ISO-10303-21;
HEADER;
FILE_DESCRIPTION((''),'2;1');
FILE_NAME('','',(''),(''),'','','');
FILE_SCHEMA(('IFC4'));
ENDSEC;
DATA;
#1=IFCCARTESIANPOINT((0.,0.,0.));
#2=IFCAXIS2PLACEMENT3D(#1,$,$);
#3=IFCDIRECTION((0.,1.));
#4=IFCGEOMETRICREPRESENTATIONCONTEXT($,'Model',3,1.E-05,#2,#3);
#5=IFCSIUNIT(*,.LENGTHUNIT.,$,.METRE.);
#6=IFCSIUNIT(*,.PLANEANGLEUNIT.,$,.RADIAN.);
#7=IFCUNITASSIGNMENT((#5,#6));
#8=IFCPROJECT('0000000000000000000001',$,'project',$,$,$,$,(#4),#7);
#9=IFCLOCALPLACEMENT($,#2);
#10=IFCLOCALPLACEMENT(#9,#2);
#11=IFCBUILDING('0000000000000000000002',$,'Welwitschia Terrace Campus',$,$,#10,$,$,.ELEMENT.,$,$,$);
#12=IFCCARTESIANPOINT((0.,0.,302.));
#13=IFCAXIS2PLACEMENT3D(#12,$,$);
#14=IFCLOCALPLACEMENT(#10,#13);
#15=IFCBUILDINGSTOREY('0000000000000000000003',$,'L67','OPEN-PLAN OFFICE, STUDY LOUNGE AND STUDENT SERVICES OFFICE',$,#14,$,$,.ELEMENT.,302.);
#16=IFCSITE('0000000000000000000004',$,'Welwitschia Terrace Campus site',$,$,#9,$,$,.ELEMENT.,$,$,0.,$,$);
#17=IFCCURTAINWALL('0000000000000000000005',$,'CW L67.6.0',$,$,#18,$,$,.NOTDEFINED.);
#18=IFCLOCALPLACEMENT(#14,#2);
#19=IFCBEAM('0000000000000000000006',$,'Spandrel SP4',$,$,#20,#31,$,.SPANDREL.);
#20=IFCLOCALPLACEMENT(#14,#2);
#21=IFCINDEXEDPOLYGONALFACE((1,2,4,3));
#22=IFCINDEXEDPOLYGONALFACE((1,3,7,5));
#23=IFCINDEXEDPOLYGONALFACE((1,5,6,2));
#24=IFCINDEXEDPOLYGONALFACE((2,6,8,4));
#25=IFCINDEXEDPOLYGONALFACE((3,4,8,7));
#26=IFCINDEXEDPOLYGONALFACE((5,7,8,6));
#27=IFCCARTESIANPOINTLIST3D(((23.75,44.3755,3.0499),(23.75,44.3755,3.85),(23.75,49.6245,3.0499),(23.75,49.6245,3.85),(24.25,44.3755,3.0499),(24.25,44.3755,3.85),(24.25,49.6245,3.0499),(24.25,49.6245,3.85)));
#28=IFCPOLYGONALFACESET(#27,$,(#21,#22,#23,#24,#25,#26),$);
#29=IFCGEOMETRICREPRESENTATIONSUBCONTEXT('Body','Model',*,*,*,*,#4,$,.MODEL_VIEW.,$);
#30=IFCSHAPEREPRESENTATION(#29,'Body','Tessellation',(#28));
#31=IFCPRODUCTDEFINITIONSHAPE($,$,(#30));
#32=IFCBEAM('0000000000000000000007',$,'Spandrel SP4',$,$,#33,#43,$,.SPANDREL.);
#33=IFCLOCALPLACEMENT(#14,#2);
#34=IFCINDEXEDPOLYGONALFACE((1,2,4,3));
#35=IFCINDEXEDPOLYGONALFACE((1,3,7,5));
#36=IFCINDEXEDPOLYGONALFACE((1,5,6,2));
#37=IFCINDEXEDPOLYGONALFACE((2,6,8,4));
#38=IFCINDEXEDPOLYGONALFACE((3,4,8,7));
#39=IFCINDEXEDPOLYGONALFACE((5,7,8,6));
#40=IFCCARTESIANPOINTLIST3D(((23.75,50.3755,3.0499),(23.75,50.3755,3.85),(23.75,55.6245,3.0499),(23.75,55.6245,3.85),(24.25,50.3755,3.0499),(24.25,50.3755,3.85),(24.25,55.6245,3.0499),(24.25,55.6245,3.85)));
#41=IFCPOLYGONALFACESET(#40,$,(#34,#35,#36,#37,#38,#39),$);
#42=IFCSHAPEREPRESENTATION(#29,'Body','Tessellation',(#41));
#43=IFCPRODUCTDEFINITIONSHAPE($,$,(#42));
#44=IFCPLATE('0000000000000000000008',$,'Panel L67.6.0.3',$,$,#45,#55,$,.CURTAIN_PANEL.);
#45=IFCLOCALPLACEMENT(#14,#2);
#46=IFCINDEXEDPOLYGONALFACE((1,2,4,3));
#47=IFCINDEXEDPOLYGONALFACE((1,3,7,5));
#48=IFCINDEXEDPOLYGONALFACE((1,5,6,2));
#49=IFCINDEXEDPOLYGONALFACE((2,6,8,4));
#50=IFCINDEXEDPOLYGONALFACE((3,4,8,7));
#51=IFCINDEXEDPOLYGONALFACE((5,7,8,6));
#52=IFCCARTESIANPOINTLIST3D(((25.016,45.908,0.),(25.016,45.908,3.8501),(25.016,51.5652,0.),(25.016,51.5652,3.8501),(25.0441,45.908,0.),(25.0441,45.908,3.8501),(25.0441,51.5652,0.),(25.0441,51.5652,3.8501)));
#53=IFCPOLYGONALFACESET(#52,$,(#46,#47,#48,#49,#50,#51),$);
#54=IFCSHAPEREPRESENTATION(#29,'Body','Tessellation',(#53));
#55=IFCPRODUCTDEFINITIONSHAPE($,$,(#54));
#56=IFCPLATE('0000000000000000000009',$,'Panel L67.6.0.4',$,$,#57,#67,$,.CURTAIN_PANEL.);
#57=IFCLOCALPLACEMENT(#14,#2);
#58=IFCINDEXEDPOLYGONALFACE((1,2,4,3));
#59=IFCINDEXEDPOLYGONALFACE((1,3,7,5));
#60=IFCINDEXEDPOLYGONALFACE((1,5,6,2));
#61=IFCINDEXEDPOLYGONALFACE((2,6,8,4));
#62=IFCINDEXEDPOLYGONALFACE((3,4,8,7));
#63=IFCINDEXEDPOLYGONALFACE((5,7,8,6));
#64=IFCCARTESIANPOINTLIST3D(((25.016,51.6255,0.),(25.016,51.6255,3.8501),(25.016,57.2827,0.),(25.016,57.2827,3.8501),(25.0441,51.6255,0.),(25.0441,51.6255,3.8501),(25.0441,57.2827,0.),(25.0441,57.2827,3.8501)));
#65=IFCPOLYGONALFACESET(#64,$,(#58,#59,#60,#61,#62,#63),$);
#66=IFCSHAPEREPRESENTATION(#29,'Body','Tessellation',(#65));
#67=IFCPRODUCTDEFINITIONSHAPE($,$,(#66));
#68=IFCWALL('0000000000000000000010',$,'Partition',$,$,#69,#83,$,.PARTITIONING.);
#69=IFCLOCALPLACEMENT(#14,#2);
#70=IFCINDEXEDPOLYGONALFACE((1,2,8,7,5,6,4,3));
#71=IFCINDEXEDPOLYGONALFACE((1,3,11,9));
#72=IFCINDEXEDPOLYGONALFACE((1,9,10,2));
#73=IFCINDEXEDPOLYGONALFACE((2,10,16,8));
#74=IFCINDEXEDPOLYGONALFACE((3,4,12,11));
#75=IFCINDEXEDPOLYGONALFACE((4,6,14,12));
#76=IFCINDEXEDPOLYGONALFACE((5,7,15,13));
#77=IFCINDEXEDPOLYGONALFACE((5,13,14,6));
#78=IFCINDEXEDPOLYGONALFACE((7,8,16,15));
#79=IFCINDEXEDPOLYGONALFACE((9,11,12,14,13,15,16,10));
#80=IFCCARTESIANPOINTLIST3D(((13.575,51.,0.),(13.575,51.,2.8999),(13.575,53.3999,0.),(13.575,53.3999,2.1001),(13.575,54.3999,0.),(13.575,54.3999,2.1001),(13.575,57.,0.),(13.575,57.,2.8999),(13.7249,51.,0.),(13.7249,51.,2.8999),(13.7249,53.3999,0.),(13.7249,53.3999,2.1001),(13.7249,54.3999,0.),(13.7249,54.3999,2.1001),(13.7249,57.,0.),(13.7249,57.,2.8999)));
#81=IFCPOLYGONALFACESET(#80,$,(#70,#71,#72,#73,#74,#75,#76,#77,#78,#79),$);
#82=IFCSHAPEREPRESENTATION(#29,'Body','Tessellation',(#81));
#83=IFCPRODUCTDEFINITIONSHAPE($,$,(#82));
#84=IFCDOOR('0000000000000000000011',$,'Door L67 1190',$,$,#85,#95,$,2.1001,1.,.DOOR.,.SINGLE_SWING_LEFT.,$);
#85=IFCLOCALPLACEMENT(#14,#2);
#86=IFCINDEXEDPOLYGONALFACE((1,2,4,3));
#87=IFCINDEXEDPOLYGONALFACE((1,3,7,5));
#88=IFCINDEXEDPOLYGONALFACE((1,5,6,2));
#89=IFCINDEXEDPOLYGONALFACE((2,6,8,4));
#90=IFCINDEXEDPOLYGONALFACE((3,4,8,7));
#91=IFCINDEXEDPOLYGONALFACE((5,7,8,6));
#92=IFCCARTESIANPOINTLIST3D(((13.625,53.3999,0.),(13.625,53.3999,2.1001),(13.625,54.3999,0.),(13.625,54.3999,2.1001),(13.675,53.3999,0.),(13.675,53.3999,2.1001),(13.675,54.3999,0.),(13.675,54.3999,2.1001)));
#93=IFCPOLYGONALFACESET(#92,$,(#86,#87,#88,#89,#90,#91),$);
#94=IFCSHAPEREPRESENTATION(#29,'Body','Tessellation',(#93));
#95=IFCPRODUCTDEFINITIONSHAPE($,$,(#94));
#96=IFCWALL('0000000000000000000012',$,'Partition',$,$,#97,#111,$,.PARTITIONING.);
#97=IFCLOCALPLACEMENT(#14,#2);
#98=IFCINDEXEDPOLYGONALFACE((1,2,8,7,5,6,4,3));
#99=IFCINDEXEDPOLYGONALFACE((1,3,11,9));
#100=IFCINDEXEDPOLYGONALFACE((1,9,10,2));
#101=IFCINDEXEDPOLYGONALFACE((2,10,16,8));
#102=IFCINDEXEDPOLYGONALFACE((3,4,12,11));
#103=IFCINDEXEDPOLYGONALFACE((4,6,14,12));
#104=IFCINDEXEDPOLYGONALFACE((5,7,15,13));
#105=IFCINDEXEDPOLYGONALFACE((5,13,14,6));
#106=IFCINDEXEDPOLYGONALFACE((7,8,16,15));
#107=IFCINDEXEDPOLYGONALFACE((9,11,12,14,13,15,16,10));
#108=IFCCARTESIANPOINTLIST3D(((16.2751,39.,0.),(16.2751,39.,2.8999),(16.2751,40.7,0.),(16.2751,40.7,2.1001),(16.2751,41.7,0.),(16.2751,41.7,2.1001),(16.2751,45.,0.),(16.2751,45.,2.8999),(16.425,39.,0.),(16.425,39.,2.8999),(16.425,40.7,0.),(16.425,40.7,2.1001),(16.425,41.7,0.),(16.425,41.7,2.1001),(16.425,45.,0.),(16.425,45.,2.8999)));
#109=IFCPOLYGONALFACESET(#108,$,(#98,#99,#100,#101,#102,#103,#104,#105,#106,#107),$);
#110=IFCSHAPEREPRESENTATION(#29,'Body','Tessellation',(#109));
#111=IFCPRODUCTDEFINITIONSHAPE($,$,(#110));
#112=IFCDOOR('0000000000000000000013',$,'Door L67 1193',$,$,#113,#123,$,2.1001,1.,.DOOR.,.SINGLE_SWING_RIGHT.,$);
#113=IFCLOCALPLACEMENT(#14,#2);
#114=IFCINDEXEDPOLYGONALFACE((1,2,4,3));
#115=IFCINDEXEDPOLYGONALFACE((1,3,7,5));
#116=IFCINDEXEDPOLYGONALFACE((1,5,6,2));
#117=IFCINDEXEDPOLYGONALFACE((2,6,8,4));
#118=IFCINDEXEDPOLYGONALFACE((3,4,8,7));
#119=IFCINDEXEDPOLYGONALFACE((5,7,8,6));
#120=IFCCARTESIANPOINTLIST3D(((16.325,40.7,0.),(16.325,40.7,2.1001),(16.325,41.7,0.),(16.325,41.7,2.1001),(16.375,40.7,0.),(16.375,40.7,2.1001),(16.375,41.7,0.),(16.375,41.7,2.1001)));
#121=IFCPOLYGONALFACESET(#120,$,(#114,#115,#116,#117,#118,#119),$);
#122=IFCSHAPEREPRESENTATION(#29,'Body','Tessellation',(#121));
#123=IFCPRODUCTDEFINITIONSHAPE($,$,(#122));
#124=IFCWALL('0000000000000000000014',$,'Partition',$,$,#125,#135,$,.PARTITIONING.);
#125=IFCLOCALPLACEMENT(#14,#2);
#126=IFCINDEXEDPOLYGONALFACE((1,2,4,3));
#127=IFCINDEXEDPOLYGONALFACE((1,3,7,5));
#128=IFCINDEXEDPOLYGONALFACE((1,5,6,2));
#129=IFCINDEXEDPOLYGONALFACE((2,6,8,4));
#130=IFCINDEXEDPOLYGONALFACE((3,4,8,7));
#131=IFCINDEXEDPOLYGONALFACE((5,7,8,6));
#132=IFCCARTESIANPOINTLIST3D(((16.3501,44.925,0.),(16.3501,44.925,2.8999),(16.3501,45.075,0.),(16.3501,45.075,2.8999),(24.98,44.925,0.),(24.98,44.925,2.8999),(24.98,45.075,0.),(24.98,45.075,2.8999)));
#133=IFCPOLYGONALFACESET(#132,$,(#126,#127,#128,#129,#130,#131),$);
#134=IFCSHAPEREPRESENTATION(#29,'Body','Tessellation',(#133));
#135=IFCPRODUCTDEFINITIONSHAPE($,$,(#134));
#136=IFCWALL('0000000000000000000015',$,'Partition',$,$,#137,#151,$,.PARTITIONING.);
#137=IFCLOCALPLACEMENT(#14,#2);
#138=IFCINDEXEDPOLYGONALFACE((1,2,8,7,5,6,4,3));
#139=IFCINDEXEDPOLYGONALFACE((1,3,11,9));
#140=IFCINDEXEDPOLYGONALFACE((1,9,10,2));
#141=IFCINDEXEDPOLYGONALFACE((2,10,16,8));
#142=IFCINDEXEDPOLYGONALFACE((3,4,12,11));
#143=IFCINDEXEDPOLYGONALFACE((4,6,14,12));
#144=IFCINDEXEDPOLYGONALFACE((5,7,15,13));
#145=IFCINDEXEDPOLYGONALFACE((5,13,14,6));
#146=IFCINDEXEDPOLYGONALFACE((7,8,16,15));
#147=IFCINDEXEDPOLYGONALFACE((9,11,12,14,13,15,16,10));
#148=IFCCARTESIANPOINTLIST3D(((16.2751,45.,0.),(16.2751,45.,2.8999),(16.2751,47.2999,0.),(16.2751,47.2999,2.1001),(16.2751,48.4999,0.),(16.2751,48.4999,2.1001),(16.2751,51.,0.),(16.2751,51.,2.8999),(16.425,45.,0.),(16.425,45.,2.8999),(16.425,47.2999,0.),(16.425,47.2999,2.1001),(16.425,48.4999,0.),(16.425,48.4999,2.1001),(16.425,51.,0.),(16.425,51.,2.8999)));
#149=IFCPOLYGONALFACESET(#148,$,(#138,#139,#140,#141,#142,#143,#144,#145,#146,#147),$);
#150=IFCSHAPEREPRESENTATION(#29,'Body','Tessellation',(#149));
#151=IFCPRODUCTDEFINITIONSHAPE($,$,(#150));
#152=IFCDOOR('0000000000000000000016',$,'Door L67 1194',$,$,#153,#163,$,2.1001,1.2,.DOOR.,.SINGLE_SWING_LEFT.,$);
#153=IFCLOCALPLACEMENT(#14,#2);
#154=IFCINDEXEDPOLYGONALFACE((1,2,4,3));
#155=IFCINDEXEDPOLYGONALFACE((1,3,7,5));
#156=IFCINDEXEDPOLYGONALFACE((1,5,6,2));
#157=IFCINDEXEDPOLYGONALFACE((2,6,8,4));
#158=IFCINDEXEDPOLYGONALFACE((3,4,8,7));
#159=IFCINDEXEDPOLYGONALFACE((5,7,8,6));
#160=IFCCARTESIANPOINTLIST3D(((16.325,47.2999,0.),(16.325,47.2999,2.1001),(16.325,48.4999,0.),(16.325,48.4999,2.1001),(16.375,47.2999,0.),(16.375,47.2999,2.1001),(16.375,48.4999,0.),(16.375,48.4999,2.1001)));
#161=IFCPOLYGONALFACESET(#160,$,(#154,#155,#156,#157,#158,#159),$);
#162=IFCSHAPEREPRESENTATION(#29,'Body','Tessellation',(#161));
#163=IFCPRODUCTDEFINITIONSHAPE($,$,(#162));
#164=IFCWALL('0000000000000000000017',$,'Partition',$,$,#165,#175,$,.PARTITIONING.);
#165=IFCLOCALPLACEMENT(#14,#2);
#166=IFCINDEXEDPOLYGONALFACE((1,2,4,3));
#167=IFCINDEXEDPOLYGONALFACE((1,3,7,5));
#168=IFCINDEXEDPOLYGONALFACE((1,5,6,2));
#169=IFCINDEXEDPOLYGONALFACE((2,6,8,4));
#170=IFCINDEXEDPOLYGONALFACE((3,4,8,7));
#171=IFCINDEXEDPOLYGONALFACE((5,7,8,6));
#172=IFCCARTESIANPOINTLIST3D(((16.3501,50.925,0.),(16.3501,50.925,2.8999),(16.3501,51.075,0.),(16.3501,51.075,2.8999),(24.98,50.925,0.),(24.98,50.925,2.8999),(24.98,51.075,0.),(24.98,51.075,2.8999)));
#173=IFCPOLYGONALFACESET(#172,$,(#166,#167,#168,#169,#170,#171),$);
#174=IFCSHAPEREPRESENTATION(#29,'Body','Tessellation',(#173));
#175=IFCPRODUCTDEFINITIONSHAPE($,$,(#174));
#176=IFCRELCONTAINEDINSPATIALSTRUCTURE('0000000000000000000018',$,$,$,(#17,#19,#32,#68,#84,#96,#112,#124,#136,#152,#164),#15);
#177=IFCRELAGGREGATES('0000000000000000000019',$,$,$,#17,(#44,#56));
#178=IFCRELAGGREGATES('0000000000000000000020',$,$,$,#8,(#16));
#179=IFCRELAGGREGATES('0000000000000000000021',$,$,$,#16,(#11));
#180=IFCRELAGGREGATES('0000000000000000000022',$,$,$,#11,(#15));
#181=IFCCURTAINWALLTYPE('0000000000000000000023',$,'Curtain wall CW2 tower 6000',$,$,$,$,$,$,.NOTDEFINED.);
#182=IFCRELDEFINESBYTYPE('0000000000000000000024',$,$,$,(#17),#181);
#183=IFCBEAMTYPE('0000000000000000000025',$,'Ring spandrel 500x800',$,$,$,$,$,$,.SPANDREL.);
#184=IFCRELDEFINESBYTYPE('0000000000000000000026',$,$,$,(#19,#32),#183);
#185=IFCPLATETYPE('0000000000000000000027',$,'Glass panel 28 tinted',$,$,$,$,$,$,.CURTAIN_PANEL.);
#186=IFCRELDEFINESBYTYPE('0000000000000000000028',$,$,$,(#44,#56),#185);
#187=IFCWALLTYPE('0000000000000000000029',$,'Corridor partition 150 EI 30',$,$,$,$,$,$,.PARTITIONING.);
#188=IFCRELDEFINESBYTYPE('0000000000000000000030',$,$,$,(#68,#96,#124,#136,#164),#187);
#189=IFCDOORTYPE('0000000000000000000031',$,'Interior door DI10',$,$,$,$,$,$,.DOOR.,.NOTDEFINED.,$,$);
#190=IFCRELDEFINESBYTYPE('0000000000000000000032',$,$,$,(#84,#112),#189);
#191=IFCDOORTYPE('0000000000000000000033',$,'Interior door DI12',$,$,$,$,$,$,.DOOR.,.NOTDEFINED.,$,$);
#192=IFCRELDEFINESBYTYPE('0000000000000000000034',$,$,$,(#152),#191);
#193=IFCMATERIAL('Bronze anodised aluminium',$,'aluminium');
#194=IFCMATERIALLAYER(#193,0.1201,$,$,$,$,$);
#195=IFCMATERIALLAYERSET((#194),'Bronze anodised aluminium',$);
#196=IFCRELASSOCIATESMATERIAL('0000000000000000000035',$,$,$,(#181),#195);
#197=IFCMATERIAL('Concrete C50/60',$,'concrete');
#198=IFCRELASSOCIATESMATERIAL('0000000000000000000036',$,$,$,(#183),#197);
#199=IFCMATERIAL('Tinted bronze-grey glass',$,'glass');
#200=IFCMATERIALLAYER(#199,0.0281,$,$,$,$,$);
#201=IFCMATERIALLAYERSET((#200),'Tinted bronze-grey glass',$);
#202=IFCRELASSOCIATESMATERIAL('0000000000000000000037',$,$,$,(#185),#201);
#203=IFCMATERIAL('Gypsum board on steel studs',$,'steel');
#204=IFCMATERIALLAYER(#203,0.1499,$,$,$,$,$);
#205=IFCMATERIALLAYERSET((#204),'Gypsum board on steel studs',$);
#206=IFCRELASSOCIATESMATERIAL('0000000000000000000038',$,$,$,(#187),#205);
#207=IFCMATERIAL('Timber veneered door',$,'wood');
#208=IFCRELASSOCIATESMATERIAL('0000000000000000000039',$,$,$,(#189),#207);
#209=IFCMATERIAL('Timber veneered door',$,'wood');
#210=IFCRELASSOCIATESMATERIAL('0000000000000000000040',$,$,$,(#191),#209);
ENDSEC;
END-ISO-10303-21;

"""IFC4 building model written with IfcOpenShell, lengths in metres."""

from ifc_helpers import new_model, si_unit, direction, frame, frame_2d, origin, origin_2d, place, context, subcontext, project, spatial, rectangle, extrude, material, layer, layer_set, material_profile, profile_set, type_object, element, fill, aggregate, save


model = new_model("IFC4")

# Units and contexts
model_context = context("Model", 3, precision=1e-05, world=origin(), true_north=direction((0.0, 1.0)))
body_context = subcontext(model_context, "Body", "Model", "MODEL_VIEW")
ifc_project = project(units=[si_unit("LENGTHUNIT", "METRE"), si_unit("PLANEANGLEUNIT", "RADIAN")], contexts=[model_context])

# Site, building, storey
site_placement = place(None, origin())
site = spatial("IfcSite", under=ifc_project, at=site_placement, Name="Welwitschia Terrace Campus site", CompositionType="ELEMENT", RefElevation=0.0)
building_placement = place(site_placement, origin())
building = spatial("IfcBuilding", under=site, at=building_placement, Name="Welwitschia Terrace Campus", CompositionType="ELEMENT")
storey_placement = place(building_placement, frame((0.0, 0.0, 302.0)))
storey = spatial("IfcBuildingStorey", under=building, at=storey_placement, Name="L67", Description="OPEN-PLAN OFFICE, STUDY LOUNGE AND STUDENT SERVICES OFFICE", CompositionType="ELEMENT", Elevation=302.0)

# Curtain wall
ifc_material_1 = material(Name="Bronze anodised aluminium", Category="aluminium")
ifc_layer_1 = layer(ifc_material_1, 0.1201)
ifc_layer_set_1 = layer_set([ifc_layer_1], Name="Bronze anodised aluminium")
curtain_wall_type = type_object("IfcCurtainWallType", Name="Curtain wall CW2 tower 6000", PredefinedType="NOTDEFINED", material=ifc_layer_set_1)
curtain_wall_placement = place(storey_placement, origin())
curtain_wall = element("IfcCurtainWall", 1, at=curtain_wall_placement, inside=storey, type_object=curtain_wall_type, Name="CW L67.6.0", PredefinedType="NOTDEFINED")

# Beams
ifc_material_2 = material(Name="Concrete C50/60", Category="concrete")
ifc_material_profile_1 = material_profile(ifc_material_2, rectangle(XDim=0.5, YDim=0.8, at=origin_2d()))
ifc_profile_set_1 = profile_set([ifc_material_profile_1], Name="Concrete C50/60")
beam_type_1 = type_object("IfcBeamType", Name="Ring spandrel 500x800", PredefinedType="SPANDREL", material=ifc_profile_set_1)
for number, where, z_axis, x_axis, name in (
    (2, (24.0, 44.3755, 3.45), (0.0, 1.0, 0.0), (-1.0, 0.0, 0.0), "Spandrel SP4"),
    (3, (24.0, 50.3755, 3.45), (0.0, 1.0, 0.0), (-1.0, 0.0, 0.0), "Spandrel SP4"),
):
    element("IfcBeam", number, at=place(storey_placement, frame(where, z_axis=z_axis, x_axis=x_axis)), inside=storey, type_object=beam_type_1, Name=name, PredefinedType="SPANDREL", context=body_context, shape_type="SweptSolid", body=[
        extrude(rectangle(XDim=0.5, YDim=0.8, at=origin_2d()), origin(), (0.0, 0.0, 1.0), 5.249),
    ])

# Plates
ifc_material_3 = material(Name="Tinted bronze-grey glass", Category="glass")
ifc_layer_2 = layer(ifc_material_3, 0.0281)
ifc_layer_set_2 = layer_set([ifc_layer_2], Name="Tinted bronze-grey glass")
plate_type = type_object("IfcPlateType", Name="Glass panel 28 tinted", PredefinedType="CURTAIN_PANEL", material=ifc_layer_set_2)
plate_1_placement = place(storey_placement, frame((25.03, 48.7366, 0.0), z_axis=(0.0, 0.0, 1.0), x_axis=(0.0, 1.0, 0.0)))
plate_1 = element("IfcPlate", 4, at=plate_1_placement, type_object=plate_type, Name="Panel L67.6.0.3", PredefinedType="CURTAIN_PANEL", context=body_context, shape_type="SweptSolid", body=[
    extrude(rectangle(XDim=5.6572, YDim=0.0281, at=origin_2d()), origin(), (0.0, 0.0, 1.0), 3.8501),
])
plate_2_placement = place(storey_placement, frame((25.03, 54.4541, 0.0), z_axis=(0.0, 0.0, 1.0), x_axis=(0.0, 1.0, 0.0)))
plate_2 = element("IfcPlate", 5, at=plate_2_placement, type_object=plate_type, Name="Panel L67.6.0.4", PredefinedType="CURTAIN_PANEL", context=body_context, shape_type="SweptSolid", body=[
    extrude(rectangle(XDim=5.6572, YDim=0.0281, at=origin_2d()), origin(), (0.0, 0.0, 1.0), 3.8501),
])
aggregate(curtain_wall, [plate_1, plate_2])

# Walls, openings, doors
ifc_material_4 = material(Name="Gypsum board on steel studs", Category="steel")
ifc_layer_3 = layer(ifc_material_4, 0.1499)
ifc_layer_set_3 = layer_set([ifc_layer_3], Name="Gypsum board on steel studs")
wall_type = type_object("IfcWallType", Name="Corridor partition 150 EI 30", PredefinedType="PARTITIONING", material=ifc_layer_set_3)
wall_1_placement = place(storey_placement, frame((13.6499, 51.0, 0.0), z_axis=(0.0, 0.0, 1.0), x_axis=(0.0, 1.0, 0.0)))
wall_1 = element("IfcWall", 6, at=wall_1_placement, inside=storey, type_object=wall_type, Name="Partition", PredefinedType="PARTITIONING", context=body_context, shape_type="SweptSolid", body=[
    extrude(rectangle(XDim=6.0, YDim=0.1499, at=frame_2d((3.0, 0.0))), origin(), (0.0, 0.0, 1.0), 2.8999),
])
opening_1_placement = place(wall_1_placement, frame((2.3999, 0.0, 0.0)))
opening_1 = element("IfcOpeningElement", 7, at=opening_1_placement, cuts=wall_1, PredefinedType="OPENING", context=body_context, shape_type="SweptSolid", body=[
    extrude(rectangle(XDim=1.0, YDim=2.1001, at=frame_2d((0.5, 1.05))), frame((0.0, 0.085, 0.0), z_axis=(0.0, -1.0, 0.0), x_axis=(1.0, 0.0, 0.0)), (0.0, 0.0, 1.0), 0.1699),
])
ifc_material_5 = material(Name="Timber veneered door", Category="wood")
door_type_1 = type_object("IfcDoorType", Name="Interior door DI10", OperationType="NOTDEFINED", PredefinedType="DOOR", material=ifc_material_5)
door_1_placement = place(opening_1_placement, origin())
door_1 = element("IfcDoor", 8, at=door_1_placement, inside=storey, type_object=door_type_1, Name="Door L67 1190", OperationType="SINGLE_SWING_LEFT", OverallHeight=2.1001, OverallWidth=1.0, PredefinedType="DOOR", context=body_context, shape_type="SweptSolid", body=[
    extrude(rectangle(XDim=1.0, YDim=2.1001, at=frame_2d((0.5, 1.05))), frame((0.0, 0.0249, 0.0), z_axis=(0.0, -1.0, 0.0), x_axis=(1.0, 0.0, 0.0)), (0.0, 0.0, 1.0), 0.05),
])
fill(opening_1, door_1)
wall_2_placement = place(storey_placement, frame((16.3501, 45.0, 0.0), z_axis=(0.0, 0.0, 1.0), x_axis=(0.0, -1.0, 0.0)))
wall_2 = element("IfcWall", 9, at=wall_2_placement, inside=storey, type_object=wall_type, Name="Partition", PredefinedType="PARTITIONING", context=body_context, shape_type="SweptSolid", body=[
    extrude(rectangle(XDim=6.0, YDim=0.1499, at=frame_2d((3.0, 0.0))), origin(), (0.0, 0.0, 1.0), 2.8999),
])
opening_2_placement = place(wall_2_placement, frame((3.3, 0.0, 0.0)))
opening_2 = element("IfcOpeningElement", 10, at=opening_2_placement, cuts=wall_2, PredefinedType="OPENING", context=body_context, shape_type="SweptSolid", body=[
    extrude(rectangle(XDim=1.0, YDim=2.1001, at=frame_2d((0.5, 1.05))), frame((0.0, 0.085, 0.0), z_axis=(0.0, -1.0, 0.0), x_axis=(1.0, 0.0, 0.0)), (0.0, 0.0, 1.0), 0.1699),
])
door_2_placement = place(opening_2_placement, origin())
door_2 = element("IfcDoor", 11, at=door_2_placement, inside=storey, type_object=door_type_1, Name="Door L67 1193", OperationType="SINGLE_SWING_RIGHT", OverallHeight=2.1001, OverallWidth=1.0, PredefinedType="DOOR", context=body_context, shape_type="SweptSolid", body=[
    extrude(rectangle(XDim=1.0, YDim=2.1001, at=frame_2d((0.5, 1.05))), frame((0.0, 0.0249, 0.0), z_axis=(0.0, -1.0, 0.0), x_axis=(1.0, 0.0, 0.0)), (0.0, 0.0, 1.0), 0.05),
])
fill(opening_2, door_2)

# Wall
wall_3_placement = place(storey_placement, frame((16.3501, 45.0, 0.0), z_axis=(0.0, 0.0, 1.0), x_axis=(1.0, 0.0, 0.0)))
element("IfcWall", 12, at=wall_3_placement, inside=storey, type_object=wall_type, Name="Partition", PredefinedType="PARTITIONING", context=body_context, shape_type="SweptSolid", body=[
    extrude(rectangle(XDim=8.6299, YDim=0.1499, at=frame_2d((4.3149, 0.0))), origin(), (0.0, 0.0, 1.0), 2.8999),
])

# Wall, opening, door
wall_4_placement = place(storey_placement, frame((16.3501, 51.0, 0.0), z_axis=(0.0, 0.0, 1.0), x_axis=(0.0, -1.0, 0.0)))
wall_4 = element("IfcWall", 13, at=wall_4_placement, inside=storey, type_object=wall_type, Name="Partition", PredefinedType="PARTITIONING", context=body_context, shape_type="SweptSolid", body=[
    extrude(rectangle(XDim=6.0, YDim=0.1499, at=frame_2d((3.0, 0.0))), origin(), (0.0, 0.0, 1.0), 2.8999),
])
opening_3_placement = place(wall_4_placement, frame((2.5, 0.0, 0.0)))
opening_3 = element("IfcOpeningElement", 14, at=opening_3_placement, cuts=wall_4, PredefinedType="OPENING", context=body_context, shape_type="SweptSolid", body=[
    extrude(rectangle(XDim=1.2, YDim=2.1001, at=frame_2d((0.6001, 1.05))), frame((0.0, 0.085, 0.0), z_axis=(0.0, -1.0, 0.0), x_axis=(1.0, 0.0, 0.0)), (0.0, 0.0, 1.0), 0.1699),
])
ifc_material_6 = material(Name="Timber veneered door", Category="wood")
door_type_2 = type_object("IfcDoorType", Name="Interior door DI12", OperationType="NOTDEFINED", PredefinedType="DOOR", material=ifc_material_6)
door_3_placement = place(opening_3_placement, origin())
door_3 = element("IfcDoor", 15, at=door_3_placement, inside=storey, type_object=door_type_2, Name="Door L67 1194", OperationType="SINGLE_SWING_LEFT", OverallHeight=2.1001, OverallWidth=1.2, PredefinedType="DOOR", context=body_context, shape_type="SweptSolid", body=[
    extrude(rectangle(XDim=1.2, YDim=2.1001, at=frame_2d((0.6001, 1.05))), frame((0.0, 0.0249, 0.0), z_axis=(0.0, -1.0, 0.0), x_axis=(1.0, 0.0, 0.0)), (0.0, 0.0, 1.0), 0.05),
])
fill(opening_3, door_3)

# Wall
wall_5_placement = place(storey_placement, frame((16.3501, 51.0, 0.0), z_axis=(0.0, 0.0, 1.0), x_axis=(1.0, 0.0, 0.0)))
element("IfcWall", 16, at=wall_5_placement, inside=storey, type_object=wall_type, Name="Partition", PredefinedType="PARTITIONING", context=body_context, shape_type="SweptSolid", body=[
    extrude(rectangle(XDim=8.6299, YDim=0.1499, at=frame_2d((4.3149, 0.0))), origin(), (0.0, 0.0, 1.0), 2.8999),
])

save(model, "model.ifc")
